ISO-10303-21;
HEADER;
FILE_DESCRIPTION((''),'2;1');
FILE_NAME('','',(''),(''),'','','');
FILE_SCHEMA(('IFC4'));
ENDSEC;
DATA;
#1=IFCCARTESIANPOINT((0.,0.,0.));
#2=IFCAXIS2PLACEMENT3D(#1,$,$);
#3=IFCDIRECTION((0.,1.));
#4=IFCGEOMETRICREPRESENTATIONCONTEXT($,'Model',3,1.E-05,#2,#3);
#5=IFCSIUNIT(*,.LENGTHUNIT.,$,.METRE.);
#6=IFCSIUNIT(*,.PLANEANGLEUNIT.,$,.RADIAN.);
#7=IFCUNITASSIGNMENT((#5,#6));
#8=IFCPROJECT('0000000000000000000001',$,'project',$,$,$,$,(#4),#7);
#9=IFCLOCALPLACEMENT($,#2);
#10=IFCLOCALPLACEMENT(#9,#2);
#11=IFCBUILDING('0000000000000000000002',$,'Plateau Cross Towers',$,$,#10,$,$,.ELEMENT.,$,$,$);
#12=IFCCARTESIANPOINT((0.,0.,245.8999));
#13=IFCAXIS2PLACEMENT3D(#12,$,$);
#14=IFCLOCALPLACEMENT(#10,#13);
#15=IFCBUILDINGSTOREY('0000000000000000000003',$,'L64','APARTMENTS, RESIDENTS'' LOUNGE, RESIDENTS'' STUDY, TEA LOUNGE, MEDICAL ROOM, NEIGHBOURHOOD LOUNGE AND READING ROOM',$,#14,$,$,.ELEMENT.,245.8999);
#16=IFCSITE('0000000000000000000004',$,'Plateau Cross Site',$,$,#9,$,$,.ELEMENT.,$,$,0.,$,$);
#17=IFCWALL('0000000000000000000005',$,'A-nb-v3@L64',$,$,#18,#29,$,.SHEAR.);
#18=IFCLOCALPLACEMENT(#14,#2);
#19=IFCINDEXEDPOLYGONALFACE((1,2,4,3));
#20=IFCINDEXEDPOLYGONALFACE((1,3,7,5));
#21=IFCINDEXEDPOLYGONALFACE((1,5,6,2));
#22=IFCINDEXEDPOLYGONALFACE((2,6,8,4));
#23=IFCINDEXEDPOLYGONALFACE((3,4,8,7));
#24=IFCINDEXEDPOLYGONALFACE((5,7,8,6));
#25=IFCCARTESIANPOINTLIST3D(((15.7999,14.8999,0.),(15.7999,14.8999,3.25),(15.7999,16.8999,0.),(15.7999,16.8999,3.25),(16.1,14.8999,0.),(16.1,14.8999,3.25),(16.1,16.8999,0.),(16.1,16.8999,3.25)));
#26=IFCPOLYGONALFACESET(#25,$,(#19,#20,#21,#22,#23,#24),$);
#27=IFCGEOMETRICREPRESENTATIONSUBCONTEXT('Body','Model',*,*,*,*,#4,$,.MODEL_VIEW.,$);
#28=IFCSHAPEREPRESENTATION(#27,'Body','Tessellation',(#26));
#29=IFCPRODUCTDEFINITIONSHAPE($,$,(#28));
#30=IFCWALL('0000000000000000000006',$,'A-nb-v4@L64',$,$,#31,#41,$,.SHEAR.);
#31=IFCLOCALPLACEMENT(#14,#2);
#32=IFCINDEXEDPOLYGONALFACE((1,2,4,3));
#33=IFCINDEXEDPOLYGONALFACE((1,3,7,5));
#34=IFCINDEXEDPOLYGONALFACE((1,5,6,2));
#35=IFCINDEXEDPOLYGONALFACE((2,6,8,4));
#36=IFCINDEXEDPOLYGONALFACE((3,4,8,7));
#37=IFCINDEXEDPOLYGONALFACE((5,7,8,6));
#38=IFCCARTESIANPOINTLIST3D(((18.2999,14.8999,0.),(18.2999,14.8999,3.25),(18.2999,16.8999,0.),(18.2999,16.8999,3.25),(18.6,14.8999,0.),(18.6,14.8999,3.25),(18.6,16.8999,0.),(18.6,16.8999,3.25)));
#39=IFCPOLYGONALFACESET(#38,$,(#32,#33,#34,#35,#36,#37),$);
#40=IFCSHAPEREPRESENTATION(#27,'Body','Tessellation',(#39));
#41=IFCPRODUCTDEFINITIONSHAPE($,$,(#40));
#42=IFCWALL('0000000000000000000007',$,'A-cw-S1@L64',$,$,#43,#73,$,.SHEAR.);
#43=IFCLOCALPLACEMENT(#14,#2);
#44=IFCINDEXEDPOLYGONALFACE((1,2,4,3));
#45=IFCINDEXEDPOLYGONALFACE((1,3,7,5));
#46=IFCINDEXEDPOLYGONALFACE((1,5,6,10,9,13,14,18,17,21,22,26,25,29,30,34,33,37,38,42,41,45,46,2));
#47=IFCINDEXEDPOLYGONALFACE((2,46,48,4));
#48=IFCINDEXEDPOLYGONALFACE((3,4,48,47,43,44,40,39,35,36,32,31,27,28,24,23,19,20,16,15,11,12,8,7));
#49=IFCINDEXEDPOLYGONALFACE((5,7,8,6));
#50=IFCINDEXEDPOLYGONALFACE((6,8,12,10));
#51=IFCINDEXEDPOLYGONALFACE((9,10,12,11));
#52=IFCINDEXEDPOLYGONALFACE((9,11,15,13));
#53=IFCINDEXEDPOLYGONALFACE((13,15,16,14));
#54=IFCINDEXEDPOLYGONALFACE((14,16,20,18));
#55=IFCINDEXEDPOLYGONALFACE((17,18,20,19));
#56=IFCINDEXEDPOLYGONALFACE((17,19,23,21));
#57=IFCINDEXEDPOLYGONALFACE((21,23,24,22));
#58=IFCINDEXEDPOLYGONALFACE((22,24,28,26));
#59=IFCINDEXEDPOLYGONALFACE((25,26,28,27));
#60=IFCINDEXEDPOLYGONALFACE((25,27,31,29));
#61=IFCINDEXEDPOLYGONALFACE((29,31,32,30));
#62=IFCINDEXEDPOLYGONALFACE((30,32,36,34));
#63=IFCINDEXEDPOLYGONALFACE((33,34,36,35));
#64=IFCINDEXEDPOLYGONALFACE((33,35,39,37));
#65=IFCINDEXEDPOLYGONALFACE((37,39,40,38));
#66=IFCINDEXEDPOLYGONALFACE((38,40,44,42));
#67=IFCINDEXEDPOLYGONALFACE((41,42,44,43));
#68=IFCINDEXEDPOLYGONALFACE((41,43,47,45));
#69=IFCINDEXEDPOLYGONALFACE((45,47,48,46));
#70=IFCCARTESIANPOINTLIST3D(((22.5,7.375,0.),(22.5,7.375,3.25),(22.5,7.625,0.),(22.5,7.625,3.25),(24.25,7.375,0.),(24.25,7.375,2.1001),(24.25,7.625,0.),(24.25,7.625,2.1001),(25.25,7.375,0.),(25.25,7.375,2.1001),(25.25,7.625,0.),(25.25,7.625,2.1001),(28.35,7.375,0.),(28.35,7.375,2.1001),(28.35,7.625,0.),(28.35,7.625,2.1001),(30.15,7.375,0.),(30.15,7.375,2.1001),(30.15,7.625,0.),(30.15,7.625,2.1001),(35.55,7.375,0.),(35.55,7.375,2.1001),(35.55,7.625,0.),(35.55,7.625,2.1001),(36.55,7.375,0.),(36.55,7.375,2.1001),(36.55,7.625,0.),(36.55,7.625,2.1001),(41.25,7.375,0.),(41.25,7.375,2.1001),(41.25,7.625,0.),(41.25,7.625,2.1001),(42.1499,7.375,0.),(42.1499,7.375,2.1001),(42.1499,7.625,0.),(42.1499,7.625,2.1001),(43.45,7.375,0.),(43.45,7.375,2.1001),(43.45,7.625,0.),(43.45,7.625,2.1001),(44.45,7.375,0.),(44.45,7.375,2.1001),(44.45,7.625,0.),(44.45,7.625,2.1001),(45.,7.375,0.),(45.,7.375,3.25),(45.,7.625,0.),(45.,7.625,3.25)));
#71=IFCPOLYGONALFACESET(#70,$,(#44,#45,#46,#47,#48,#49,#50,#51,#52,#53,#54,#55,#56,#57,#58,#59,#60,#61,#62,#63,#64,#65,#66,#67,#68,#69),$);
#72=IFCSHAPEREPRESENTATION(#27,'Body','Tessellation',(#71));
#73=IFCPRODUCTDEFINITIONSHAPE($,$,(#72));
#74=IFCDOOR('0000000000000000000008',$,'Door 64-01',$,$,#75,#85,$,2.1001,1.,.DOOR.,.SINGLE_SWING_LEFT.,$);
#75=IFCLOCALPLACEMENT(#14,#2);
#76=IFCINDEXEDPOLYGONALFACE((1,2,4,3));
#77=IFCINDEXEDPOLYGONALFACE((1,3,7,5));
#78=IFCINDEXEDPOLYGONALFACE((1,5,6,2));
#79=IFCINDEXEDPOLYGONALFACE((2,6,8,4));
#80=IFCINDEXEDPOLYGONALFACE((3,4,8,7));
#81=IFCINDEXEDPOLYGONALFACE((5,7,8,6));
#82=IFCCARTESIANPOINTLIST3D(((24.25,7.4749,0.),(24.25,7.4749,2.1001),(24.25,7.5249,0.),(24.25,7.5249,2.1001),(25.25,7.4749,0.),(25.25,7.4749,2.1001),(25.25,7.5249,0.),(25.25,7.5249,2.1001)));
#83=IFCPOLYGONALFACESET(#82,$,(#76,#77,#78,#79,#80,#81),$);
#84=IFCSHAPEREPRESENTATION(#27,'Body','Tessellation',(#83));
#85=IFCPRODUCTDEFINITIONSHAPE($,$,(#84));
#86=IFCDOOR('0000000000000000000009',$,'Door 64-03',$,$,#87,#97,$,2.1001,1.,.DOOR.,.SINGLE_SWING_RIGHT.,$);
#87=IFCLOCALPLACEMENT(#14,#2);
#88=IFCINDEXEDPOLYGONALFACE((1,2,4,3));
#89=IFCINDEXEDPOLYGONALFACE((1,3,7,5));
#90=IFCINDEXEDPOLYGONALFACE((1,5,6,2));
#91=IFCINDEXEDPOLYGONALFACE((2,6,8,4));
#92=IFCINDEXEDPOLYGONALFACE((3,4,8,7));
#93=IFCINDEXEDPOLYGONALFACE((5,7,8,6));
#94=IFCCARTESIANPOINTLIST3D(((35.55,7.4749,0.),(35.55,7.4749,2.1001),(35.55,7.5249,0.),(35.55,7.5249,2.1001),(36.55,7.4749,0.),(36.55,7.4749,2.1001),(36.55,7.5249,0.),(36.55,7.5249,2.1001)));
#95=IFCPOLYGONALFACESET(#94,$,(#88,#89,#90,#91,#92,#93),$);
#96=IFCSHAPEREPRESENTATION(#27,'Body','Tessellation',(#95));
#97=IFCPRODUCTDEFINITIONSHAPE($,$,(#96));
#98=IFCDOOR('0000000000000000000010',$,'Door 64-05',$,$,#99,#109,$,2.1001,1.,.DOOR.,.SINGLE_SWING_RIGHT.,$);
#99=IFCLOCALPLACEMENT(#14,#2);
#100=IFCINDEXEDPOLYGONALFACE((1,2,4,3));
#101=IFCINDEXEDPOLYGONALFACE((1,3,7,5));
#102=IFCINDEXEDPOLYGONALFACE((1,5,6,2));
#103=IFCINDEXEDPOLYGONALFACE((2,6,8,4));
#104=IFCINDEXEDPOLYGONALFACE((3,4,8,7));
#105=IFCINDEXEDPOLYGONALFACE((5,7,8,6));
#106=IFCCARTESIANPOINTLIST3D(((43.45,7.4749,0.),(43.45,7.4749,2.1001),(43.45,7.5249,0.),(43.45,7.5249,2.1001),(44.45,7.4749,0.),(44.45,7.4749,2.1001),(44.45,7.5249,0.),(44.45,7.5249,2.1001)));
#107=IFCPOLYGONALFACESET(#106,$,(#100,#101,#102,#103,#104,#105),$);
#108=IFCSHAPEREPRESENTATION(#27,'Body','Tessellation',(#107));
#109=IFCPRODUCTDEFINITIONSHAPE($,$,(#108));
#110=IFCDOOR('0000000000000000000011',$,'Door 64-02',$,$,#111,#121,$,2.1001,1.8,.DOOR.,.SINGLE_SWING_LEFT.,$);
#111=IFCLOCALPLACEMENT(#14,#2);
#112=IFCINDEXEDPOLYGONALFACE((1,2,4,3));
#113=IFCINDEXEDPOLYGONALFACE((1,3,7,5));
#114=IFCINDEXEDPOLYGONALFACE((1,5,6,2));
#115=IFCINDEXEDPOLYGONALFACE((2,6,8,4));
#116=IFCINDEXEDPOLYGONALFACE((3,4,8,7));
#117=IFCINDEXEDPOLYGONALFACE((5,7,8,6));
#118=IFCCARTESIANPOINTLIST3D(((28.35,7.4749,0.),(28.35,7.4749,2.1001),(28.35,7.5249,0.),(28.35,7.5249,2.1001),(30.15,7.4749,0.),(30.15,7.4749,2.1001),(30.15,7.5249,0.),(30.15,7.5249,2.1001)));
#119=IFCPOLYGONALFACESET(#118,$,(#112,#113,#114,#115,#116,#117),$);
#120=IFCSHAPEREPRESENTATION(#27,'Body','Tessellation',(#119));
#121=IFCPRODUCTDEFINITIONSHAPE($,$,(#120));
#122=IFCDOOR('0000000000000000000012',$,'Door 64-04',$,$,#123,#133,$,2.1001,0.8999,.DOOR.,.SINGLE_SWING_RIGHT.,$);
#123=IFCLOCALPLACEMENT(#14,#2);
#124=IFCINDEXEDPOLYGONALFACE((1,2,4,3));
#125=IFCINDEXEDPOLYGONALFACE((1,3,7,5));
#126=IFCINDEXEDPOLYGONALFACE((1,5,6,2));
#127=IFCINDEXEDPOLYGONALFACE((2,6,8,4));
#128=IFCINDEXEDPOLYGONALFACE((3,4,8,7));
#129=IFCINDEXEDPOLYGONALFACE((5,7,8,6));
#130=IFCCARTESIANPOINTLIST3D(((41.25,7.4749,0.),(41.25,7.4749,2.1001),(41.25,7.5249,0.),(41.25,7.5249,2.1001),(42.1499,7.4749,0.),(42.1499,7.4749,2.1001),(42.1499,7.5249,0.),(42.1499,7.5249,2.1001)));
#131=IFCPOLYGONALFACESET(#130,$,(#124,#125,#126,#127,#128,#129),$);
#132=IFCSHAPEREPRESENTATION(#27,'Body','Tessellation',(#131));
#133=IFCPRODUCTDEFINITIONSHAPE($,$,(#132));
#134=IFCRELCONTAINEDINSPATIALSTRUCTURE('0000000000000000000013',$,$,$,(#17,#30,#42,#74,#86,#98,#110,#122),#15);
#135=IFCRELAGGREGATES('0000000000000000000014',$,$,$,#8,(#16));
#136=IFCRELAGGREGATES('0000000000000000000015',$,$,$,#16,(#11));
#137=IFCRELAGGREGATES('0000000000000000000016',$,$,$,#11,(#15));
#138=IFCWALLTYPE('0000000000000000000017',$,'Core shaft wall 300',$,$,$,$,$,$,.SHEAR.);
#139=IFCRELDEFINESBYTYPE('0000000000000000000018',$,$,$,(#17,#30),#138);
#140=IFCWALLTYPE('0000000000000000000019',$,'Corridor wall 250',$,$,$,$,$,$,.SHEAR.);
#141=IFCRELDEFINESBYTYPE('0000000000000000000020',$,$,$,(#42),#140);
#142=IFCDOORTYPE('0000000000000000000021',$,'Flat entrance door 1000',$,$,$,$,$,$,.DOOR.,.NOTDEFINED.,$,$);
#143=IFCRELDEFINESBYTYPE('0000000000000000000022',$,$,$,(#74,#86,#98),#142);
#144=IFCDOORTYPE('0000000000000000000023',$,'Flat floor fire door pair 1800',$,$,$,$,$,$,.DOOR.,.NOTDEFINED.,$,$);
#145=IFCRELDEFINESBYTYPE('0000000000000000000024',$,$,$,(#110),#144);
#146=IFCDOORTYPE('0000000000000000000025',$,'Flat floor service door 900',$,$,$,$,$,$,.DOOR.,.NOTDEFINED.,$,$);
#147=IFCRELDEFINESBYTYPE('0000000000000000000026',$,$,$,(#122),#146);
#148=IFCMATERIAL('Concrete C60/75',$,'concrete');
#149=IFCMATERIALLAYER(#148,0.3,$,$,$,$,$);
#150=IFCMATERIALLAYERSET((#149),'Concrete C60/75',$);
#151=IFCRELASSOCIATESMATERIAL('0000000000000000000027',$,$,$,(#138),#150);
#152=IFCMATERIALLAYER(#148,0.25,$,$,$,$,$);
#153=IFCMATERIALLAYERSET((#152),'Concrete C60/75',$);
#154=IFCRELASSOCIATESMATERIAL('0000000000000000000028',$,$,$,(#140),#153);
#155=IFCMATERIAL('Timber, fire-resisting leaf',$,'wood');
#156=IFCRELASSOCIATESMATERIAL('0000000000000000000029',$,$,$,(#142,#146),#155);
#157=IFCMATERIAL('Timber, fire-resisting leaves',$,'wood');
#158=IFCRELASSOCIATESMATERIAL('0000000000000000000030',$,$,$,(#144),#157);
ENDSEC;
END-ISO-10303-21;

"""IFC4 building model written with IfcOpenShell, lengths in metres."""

from ifc_helpers import new_model, si_unit, direction, frame, frame_2d, origin, place, context, subcontext, project, spatial, rectangle, extrude, material, layer, layer_set, type_object, element, fill, save


model = new_model("IFC4")

# Units and contexts
model_context = context("Model", 3, precision=1e-05, world=origin(), true_north=direction((0.0, 1.0)))
body_context = subcontext(model_context, "Body", "Model", "MODEL_VIEW")
ifc_project = project(units=[si_unit("LENGTHUNIT", "METRE"), si_unit("PLANEANGLEUNIT", "RADIAN")], contexts=[model_context])

# Site, building, storey
site_placement = place(None, origin())
site = spatial("IfcSite", under=ifc_project, at=site_placement, Name="Plateau Cross Site", CompositionType="ELEMENT", RefElevation=0.0)
building_placement = place(site_placement, origin())
building = spatial("IfcBuilding", under=site, at=building_placement, Name="Plateau Cross Towers", CompositionType="ELEMENT")
storey_placement = place(building_placement, frame((0.0, 0.0, 245.8999)))
storey = spatial("IfcBuildingStorey", under=building, at=storey_placement, Name="L64", Description="APARTMENTS, RESIDENTS' LOUNGE, RESIDENTS' STUDY, TEA LOUNGE, MEDICAL ROOM, NEIGHBOURHOOD LOUNGE AND READING ROOM", CompositionType="ELEMENT", Elevation=245.8999)

# Shared definitions
ifc_material_1 = material(Name="Concrete C60/75", Category="concrete")

# Walls
ifc_layer_1 = layer(ifc_material_1, 0.3)
ifc_layer_set_1 = layer_set([ifc_layer_1], Name="Concrete C60/75")
wall_type_1 = type_object("IfcWallType", Name="Core shaft wall 300", PredefinedType="SHEAR", material=ifc_layer_set_1)
for number, where, z_axis, x_axis, name in (
    (1, (15.95, 14.8999, 0.0), (0.0, 0.0, 1.0), (0.0, 1.0, 0.0), "A-nb-v3@L64"),
    (2, (18.45, 14.8999, 0.0), (0.0, 0.0, 1.0), (0.0, 1.0, 0.0), "A-nb-v4@L64"),
):
    element("IfcWall", number, at=place(storey_placement, frame(where, z_axis=z_axis, x_axis=x_axis)), inside=storey, type_object=wall_type_1, Name=name, PredefinedType="SHEAR", context=body_context, shape_type="SweptSolid", body=[
        extrude(rectangle(XDim=2.0, YDim=0.3, at=frame_2d((1.0, 0.0))), origin(), (0.0, 0.0, 1.0), 3.25),
    ])

# Wall, openings, doors
ifc_layer_2 = layer(ifc_material_1, 0.25)
ifc_layer_set_2 = layer_set([ifc_layer_2], Name="Concrete C60/75")
wall_type_2 = type_object("IfcWallType", Name="Corridor wall 250", PredefinedType="SHEAR", material=ifc_layer_set_2)
wall_1_placement = place(storey_placement, frame((22.5, 7.5, 0.0), z_axis=(0.0, 0.0, 1.0), x_axis=(1.0, 0.0, 0.0)))
wall_1 = element("IfcWall", 3, at=wall_1_placement, inside=storey, type_object=wall_type_2, Name="A-cw-S1@L64", PredefinedType="SHEAR", context=body_context, shape_type="SweptSolid", body=[
    extrude(rectangle(XDim=22.5, YDim=0.25, at=frame_2d((11.25, 0.0))), origin(), (0.0, 0.0, 1.0), 3.25),
])
opening_1_placement = place(wall_1_placement, frame((1.75, 0.0, 0.0)))
opening_1 = element("IfcOpeningElement", 4, at=opening_1_placement, cuts=wall_1, PredefinedType="OPENING", context=body_context, shape_type="SweptSolid", body=[
    extrude(rectangle(XDim=1.0, YDim=2.1001, at=frame_2d((0.5, 1.05))), frame((0.0, 0.135, 0.0), z_axis=(0.0, -1.0, 0.0), x_axis=(1.0, 0.0, 0.0)), (0.0, 0.0, 1.0), 0.27),
])
opening_2_placement = place(wall_1_placement, frame((5.8501, 0.0, 0.0)))
opening_2 = element("IfcOpeningElement", 5, at=opening_2_placement, cuts=wall_1, PredefinedType="OPENING", context=body_context, shape_type="SweptSolid", body=[
    extrude(rectangle(XDim=1.8, YDim=2.1001, at=frame_2d((0.8999, 1.05))), frame((0.0, 0.135, 0.0), z_axis=(0.0, -1.0, 0.0), x_axis=(1.0, 0.0, 0.0)), (0.0, 0.0, 1.0), 0.27),
])
opening_3_placement = place(wall_1_placement, frame((13.05, 0.0, 0.0)))
opening_3 = element("IfcOpeningElement", 6, at=opening_3_placement, cuts=wall_1, PredefinedType="OPENING", context=body_context, shape_type="SweptSolid", body=[
    extrude(rectangle(XDim=1.0, YDim=2.1001, at=frame_2d((0.5, 1.05))), frame((0.0, 0.135, 0.0), z_axis=(0.0, -1.0, 0.0), x_axis=(1.0, 0.0, 0.0)), (0.0, 0.0, 1.0), 0.27),
])
opening_4_placement = place(wall_1_placement, frame((18.75, 0.0, 0.0)))
opening_4 = element("IfcOpeningElement", 7, at=opening_4_placement, cuts=wall_1, PredefinedType="OPENING", context=body_context, shape_type="SweptSolid", body=[
    extrude(rectangle(XDim=0.8999, YDim=2.1001, at=frame_2d((0.45, 1.05))), frame((0.0, 0.135, 0.0), z_axis=(0.0, -1.0, 0.0), x_axis=(1.0, 0.0, 0.0)), (0.0, 0.0, 1.0), 0.27),
])
opening_5_placement = place(wall_1_placement, frame((20.95, 0.0, 0.0)))
opening_5 = element("IfcOpeningElement", 8, at=opening_5_placement, cuts=wall_1, PredefinedType="OPENING", context=body_context, shape_type="SweptSolid", body=[
    extrude(rectangle(XDim=1.0, YDim=2.1001, at=frame_2d((0.5, 1.05))), frame((0.0, 0.135, 0.0), z_axis=(0.0, -1.0, 0.0), x_axis=(1.0, 0.0, 0.0)), (0.0, 0.0, 1.0), 0.27),
])
ifc_material_2 = material(Name="Timber, fire-resisting leaf", Category="wood")
door_type_1 = type_object("IfcDoorType", Name="Flat entrance door 1000", OperationType="NOTDEFINED", PredefinedType="DOOR", material=ifc_material_2)
door_1_placement = place(opening_1_placement, origin())
door_1 = element("IfcDoor", 9, at=door_1_placement, inside=storey, type_object=door_type_1, Name="Door 64-01", OperationType="SINGLE_SWING_LEFT", OverallHeight=2.1001, OverallWidth=1.0, PredefinedType="DOOR", context=body_context, shape_type="SweptSolid", body=[
    extrude(rectangle(XDim=1.0, YDim=2.1001, at=frame_2d((0.5, 1.05))), frame((0.0, 0.0249, 0.0), z_axis=(0.0, -1.0, 0.0), x_axis=(1.0, 0.0, 0.0)), (0.0, 0.0, 1.0), 0.05),
])
fill(opening_1, door_1)
door_2_placement = place(opening_3_placement, origin())
door_2 = element("IfcDoor", 10, at=door_2_placement, inside=storey, type_object=door_type_1, Name="Door 64-03", OperationType="SINGLE_SWING_RIGHT", OverallHeight=2.1001, OverallWidth=1.0, PredefinedType="DOOR", context=body_context, shape_type="SweptSolid", body=[
    extrude(rectangle(XDim=1.0, YDim=2.1001, at=frame_2d((0.5, 1.05))), frame((0.0, 0.0249, 0.0), z_axis=(0.0, -1.0, 0.0), x_axis=(1.0, 0.0, 0.0)), (0.0, 0.0, 1.0), 0.05),
])
fill(opening_3, door_2)
door_3_placement = place(opening_5_placement, origin())
door_3 = element("IfcDoor", 11, at=door_3_placement, inside=storey, type_object=door_type_1, Name="Door 64-05", OperationType="SINGLE_SWING_RIGHT", OverallHeight=2.1001, OverallWidth=1.0, PredefinedType="DOOR", context=body_context, shape_type="SweptSolid", body=[
    extrude(rectangle(XDim=1.0, YDim=2.1001, at=frame_2d((0.5, 1.05))), frame((0.0, 0.0249, 0.0), z_axis=(0.0, -1.0, 0.0), x_axis=(1.0, 0.0, 0.0)), (0.0, 0.0, 1.0), 0.05),
])
fill(opening_5, door_3)
ifc_material_3 = material(Name="Timber, fire-resisting leaves", Category="wood")
door_type_2 = type_object("IfcDoorType", Name="Flat floor fire door pair 1800", OperationType="NOTDEFINED", PredefinedType="DOOR", material=ifc_material_3)
door_4_placement = place(opening_2_placement, origin())
door_4 = element("IfcDoor", 12, at=door_4_placement, inside=storey, type_object=door_type_2, Name="Door 64-02", OperationType="SINGLE_SWING_LEFT", OverallHeight=2.1001, OverallWidth=1.8, PredefinedType="DOOR", context=body_context, shape_type="SweptSolid", body=[
    extrude(rectangle(XDim=1.8, YDim=2.1001, at=frame_2d((0.8999, 1.05))), frame((0.0, 0.0249, 0.0), z_axis=(0.0, -1.0, 0.0), x_axis=(1.0, 0.0, 0.0)), (0.0, 0.0, 1.0), 0.05),
])
fill(opening_2, door_4)
door_type_3 = type_object("IfcDoorType", Name="Flat floor service door 900", OperationType="NOTDEFINED", PredefinedType="DOOR", material=ifc_material_2)
door_5_placement = place(opening_4_placement, origin())
door_5 = element("IfcDoor", 13, at=door_5_placement, inside=storey, type_object=door_type_3, Name="Door 64-04", OperationType="SINGLE_SWING_RIGHT", OverallHeight=2.1001, OverallWidth=0.8999, PredefinedType="DOOR", context=body_context, shape_type="SweptSolid", body=[
    extrude(rectangle(XDim=0.8999, YDim=2.1001, at=frame_2d((0.45, 1.05))), frame((0.0, 0.0249, 0.0), z_axis=(0.0, -1.0, 0.0), x_axis=(1.0, 0.0, 0.0)), (0.0, 0.0, 1.0), 0.05),
])
fill(opening_4, door_5)

save(model, "model.ifc")
